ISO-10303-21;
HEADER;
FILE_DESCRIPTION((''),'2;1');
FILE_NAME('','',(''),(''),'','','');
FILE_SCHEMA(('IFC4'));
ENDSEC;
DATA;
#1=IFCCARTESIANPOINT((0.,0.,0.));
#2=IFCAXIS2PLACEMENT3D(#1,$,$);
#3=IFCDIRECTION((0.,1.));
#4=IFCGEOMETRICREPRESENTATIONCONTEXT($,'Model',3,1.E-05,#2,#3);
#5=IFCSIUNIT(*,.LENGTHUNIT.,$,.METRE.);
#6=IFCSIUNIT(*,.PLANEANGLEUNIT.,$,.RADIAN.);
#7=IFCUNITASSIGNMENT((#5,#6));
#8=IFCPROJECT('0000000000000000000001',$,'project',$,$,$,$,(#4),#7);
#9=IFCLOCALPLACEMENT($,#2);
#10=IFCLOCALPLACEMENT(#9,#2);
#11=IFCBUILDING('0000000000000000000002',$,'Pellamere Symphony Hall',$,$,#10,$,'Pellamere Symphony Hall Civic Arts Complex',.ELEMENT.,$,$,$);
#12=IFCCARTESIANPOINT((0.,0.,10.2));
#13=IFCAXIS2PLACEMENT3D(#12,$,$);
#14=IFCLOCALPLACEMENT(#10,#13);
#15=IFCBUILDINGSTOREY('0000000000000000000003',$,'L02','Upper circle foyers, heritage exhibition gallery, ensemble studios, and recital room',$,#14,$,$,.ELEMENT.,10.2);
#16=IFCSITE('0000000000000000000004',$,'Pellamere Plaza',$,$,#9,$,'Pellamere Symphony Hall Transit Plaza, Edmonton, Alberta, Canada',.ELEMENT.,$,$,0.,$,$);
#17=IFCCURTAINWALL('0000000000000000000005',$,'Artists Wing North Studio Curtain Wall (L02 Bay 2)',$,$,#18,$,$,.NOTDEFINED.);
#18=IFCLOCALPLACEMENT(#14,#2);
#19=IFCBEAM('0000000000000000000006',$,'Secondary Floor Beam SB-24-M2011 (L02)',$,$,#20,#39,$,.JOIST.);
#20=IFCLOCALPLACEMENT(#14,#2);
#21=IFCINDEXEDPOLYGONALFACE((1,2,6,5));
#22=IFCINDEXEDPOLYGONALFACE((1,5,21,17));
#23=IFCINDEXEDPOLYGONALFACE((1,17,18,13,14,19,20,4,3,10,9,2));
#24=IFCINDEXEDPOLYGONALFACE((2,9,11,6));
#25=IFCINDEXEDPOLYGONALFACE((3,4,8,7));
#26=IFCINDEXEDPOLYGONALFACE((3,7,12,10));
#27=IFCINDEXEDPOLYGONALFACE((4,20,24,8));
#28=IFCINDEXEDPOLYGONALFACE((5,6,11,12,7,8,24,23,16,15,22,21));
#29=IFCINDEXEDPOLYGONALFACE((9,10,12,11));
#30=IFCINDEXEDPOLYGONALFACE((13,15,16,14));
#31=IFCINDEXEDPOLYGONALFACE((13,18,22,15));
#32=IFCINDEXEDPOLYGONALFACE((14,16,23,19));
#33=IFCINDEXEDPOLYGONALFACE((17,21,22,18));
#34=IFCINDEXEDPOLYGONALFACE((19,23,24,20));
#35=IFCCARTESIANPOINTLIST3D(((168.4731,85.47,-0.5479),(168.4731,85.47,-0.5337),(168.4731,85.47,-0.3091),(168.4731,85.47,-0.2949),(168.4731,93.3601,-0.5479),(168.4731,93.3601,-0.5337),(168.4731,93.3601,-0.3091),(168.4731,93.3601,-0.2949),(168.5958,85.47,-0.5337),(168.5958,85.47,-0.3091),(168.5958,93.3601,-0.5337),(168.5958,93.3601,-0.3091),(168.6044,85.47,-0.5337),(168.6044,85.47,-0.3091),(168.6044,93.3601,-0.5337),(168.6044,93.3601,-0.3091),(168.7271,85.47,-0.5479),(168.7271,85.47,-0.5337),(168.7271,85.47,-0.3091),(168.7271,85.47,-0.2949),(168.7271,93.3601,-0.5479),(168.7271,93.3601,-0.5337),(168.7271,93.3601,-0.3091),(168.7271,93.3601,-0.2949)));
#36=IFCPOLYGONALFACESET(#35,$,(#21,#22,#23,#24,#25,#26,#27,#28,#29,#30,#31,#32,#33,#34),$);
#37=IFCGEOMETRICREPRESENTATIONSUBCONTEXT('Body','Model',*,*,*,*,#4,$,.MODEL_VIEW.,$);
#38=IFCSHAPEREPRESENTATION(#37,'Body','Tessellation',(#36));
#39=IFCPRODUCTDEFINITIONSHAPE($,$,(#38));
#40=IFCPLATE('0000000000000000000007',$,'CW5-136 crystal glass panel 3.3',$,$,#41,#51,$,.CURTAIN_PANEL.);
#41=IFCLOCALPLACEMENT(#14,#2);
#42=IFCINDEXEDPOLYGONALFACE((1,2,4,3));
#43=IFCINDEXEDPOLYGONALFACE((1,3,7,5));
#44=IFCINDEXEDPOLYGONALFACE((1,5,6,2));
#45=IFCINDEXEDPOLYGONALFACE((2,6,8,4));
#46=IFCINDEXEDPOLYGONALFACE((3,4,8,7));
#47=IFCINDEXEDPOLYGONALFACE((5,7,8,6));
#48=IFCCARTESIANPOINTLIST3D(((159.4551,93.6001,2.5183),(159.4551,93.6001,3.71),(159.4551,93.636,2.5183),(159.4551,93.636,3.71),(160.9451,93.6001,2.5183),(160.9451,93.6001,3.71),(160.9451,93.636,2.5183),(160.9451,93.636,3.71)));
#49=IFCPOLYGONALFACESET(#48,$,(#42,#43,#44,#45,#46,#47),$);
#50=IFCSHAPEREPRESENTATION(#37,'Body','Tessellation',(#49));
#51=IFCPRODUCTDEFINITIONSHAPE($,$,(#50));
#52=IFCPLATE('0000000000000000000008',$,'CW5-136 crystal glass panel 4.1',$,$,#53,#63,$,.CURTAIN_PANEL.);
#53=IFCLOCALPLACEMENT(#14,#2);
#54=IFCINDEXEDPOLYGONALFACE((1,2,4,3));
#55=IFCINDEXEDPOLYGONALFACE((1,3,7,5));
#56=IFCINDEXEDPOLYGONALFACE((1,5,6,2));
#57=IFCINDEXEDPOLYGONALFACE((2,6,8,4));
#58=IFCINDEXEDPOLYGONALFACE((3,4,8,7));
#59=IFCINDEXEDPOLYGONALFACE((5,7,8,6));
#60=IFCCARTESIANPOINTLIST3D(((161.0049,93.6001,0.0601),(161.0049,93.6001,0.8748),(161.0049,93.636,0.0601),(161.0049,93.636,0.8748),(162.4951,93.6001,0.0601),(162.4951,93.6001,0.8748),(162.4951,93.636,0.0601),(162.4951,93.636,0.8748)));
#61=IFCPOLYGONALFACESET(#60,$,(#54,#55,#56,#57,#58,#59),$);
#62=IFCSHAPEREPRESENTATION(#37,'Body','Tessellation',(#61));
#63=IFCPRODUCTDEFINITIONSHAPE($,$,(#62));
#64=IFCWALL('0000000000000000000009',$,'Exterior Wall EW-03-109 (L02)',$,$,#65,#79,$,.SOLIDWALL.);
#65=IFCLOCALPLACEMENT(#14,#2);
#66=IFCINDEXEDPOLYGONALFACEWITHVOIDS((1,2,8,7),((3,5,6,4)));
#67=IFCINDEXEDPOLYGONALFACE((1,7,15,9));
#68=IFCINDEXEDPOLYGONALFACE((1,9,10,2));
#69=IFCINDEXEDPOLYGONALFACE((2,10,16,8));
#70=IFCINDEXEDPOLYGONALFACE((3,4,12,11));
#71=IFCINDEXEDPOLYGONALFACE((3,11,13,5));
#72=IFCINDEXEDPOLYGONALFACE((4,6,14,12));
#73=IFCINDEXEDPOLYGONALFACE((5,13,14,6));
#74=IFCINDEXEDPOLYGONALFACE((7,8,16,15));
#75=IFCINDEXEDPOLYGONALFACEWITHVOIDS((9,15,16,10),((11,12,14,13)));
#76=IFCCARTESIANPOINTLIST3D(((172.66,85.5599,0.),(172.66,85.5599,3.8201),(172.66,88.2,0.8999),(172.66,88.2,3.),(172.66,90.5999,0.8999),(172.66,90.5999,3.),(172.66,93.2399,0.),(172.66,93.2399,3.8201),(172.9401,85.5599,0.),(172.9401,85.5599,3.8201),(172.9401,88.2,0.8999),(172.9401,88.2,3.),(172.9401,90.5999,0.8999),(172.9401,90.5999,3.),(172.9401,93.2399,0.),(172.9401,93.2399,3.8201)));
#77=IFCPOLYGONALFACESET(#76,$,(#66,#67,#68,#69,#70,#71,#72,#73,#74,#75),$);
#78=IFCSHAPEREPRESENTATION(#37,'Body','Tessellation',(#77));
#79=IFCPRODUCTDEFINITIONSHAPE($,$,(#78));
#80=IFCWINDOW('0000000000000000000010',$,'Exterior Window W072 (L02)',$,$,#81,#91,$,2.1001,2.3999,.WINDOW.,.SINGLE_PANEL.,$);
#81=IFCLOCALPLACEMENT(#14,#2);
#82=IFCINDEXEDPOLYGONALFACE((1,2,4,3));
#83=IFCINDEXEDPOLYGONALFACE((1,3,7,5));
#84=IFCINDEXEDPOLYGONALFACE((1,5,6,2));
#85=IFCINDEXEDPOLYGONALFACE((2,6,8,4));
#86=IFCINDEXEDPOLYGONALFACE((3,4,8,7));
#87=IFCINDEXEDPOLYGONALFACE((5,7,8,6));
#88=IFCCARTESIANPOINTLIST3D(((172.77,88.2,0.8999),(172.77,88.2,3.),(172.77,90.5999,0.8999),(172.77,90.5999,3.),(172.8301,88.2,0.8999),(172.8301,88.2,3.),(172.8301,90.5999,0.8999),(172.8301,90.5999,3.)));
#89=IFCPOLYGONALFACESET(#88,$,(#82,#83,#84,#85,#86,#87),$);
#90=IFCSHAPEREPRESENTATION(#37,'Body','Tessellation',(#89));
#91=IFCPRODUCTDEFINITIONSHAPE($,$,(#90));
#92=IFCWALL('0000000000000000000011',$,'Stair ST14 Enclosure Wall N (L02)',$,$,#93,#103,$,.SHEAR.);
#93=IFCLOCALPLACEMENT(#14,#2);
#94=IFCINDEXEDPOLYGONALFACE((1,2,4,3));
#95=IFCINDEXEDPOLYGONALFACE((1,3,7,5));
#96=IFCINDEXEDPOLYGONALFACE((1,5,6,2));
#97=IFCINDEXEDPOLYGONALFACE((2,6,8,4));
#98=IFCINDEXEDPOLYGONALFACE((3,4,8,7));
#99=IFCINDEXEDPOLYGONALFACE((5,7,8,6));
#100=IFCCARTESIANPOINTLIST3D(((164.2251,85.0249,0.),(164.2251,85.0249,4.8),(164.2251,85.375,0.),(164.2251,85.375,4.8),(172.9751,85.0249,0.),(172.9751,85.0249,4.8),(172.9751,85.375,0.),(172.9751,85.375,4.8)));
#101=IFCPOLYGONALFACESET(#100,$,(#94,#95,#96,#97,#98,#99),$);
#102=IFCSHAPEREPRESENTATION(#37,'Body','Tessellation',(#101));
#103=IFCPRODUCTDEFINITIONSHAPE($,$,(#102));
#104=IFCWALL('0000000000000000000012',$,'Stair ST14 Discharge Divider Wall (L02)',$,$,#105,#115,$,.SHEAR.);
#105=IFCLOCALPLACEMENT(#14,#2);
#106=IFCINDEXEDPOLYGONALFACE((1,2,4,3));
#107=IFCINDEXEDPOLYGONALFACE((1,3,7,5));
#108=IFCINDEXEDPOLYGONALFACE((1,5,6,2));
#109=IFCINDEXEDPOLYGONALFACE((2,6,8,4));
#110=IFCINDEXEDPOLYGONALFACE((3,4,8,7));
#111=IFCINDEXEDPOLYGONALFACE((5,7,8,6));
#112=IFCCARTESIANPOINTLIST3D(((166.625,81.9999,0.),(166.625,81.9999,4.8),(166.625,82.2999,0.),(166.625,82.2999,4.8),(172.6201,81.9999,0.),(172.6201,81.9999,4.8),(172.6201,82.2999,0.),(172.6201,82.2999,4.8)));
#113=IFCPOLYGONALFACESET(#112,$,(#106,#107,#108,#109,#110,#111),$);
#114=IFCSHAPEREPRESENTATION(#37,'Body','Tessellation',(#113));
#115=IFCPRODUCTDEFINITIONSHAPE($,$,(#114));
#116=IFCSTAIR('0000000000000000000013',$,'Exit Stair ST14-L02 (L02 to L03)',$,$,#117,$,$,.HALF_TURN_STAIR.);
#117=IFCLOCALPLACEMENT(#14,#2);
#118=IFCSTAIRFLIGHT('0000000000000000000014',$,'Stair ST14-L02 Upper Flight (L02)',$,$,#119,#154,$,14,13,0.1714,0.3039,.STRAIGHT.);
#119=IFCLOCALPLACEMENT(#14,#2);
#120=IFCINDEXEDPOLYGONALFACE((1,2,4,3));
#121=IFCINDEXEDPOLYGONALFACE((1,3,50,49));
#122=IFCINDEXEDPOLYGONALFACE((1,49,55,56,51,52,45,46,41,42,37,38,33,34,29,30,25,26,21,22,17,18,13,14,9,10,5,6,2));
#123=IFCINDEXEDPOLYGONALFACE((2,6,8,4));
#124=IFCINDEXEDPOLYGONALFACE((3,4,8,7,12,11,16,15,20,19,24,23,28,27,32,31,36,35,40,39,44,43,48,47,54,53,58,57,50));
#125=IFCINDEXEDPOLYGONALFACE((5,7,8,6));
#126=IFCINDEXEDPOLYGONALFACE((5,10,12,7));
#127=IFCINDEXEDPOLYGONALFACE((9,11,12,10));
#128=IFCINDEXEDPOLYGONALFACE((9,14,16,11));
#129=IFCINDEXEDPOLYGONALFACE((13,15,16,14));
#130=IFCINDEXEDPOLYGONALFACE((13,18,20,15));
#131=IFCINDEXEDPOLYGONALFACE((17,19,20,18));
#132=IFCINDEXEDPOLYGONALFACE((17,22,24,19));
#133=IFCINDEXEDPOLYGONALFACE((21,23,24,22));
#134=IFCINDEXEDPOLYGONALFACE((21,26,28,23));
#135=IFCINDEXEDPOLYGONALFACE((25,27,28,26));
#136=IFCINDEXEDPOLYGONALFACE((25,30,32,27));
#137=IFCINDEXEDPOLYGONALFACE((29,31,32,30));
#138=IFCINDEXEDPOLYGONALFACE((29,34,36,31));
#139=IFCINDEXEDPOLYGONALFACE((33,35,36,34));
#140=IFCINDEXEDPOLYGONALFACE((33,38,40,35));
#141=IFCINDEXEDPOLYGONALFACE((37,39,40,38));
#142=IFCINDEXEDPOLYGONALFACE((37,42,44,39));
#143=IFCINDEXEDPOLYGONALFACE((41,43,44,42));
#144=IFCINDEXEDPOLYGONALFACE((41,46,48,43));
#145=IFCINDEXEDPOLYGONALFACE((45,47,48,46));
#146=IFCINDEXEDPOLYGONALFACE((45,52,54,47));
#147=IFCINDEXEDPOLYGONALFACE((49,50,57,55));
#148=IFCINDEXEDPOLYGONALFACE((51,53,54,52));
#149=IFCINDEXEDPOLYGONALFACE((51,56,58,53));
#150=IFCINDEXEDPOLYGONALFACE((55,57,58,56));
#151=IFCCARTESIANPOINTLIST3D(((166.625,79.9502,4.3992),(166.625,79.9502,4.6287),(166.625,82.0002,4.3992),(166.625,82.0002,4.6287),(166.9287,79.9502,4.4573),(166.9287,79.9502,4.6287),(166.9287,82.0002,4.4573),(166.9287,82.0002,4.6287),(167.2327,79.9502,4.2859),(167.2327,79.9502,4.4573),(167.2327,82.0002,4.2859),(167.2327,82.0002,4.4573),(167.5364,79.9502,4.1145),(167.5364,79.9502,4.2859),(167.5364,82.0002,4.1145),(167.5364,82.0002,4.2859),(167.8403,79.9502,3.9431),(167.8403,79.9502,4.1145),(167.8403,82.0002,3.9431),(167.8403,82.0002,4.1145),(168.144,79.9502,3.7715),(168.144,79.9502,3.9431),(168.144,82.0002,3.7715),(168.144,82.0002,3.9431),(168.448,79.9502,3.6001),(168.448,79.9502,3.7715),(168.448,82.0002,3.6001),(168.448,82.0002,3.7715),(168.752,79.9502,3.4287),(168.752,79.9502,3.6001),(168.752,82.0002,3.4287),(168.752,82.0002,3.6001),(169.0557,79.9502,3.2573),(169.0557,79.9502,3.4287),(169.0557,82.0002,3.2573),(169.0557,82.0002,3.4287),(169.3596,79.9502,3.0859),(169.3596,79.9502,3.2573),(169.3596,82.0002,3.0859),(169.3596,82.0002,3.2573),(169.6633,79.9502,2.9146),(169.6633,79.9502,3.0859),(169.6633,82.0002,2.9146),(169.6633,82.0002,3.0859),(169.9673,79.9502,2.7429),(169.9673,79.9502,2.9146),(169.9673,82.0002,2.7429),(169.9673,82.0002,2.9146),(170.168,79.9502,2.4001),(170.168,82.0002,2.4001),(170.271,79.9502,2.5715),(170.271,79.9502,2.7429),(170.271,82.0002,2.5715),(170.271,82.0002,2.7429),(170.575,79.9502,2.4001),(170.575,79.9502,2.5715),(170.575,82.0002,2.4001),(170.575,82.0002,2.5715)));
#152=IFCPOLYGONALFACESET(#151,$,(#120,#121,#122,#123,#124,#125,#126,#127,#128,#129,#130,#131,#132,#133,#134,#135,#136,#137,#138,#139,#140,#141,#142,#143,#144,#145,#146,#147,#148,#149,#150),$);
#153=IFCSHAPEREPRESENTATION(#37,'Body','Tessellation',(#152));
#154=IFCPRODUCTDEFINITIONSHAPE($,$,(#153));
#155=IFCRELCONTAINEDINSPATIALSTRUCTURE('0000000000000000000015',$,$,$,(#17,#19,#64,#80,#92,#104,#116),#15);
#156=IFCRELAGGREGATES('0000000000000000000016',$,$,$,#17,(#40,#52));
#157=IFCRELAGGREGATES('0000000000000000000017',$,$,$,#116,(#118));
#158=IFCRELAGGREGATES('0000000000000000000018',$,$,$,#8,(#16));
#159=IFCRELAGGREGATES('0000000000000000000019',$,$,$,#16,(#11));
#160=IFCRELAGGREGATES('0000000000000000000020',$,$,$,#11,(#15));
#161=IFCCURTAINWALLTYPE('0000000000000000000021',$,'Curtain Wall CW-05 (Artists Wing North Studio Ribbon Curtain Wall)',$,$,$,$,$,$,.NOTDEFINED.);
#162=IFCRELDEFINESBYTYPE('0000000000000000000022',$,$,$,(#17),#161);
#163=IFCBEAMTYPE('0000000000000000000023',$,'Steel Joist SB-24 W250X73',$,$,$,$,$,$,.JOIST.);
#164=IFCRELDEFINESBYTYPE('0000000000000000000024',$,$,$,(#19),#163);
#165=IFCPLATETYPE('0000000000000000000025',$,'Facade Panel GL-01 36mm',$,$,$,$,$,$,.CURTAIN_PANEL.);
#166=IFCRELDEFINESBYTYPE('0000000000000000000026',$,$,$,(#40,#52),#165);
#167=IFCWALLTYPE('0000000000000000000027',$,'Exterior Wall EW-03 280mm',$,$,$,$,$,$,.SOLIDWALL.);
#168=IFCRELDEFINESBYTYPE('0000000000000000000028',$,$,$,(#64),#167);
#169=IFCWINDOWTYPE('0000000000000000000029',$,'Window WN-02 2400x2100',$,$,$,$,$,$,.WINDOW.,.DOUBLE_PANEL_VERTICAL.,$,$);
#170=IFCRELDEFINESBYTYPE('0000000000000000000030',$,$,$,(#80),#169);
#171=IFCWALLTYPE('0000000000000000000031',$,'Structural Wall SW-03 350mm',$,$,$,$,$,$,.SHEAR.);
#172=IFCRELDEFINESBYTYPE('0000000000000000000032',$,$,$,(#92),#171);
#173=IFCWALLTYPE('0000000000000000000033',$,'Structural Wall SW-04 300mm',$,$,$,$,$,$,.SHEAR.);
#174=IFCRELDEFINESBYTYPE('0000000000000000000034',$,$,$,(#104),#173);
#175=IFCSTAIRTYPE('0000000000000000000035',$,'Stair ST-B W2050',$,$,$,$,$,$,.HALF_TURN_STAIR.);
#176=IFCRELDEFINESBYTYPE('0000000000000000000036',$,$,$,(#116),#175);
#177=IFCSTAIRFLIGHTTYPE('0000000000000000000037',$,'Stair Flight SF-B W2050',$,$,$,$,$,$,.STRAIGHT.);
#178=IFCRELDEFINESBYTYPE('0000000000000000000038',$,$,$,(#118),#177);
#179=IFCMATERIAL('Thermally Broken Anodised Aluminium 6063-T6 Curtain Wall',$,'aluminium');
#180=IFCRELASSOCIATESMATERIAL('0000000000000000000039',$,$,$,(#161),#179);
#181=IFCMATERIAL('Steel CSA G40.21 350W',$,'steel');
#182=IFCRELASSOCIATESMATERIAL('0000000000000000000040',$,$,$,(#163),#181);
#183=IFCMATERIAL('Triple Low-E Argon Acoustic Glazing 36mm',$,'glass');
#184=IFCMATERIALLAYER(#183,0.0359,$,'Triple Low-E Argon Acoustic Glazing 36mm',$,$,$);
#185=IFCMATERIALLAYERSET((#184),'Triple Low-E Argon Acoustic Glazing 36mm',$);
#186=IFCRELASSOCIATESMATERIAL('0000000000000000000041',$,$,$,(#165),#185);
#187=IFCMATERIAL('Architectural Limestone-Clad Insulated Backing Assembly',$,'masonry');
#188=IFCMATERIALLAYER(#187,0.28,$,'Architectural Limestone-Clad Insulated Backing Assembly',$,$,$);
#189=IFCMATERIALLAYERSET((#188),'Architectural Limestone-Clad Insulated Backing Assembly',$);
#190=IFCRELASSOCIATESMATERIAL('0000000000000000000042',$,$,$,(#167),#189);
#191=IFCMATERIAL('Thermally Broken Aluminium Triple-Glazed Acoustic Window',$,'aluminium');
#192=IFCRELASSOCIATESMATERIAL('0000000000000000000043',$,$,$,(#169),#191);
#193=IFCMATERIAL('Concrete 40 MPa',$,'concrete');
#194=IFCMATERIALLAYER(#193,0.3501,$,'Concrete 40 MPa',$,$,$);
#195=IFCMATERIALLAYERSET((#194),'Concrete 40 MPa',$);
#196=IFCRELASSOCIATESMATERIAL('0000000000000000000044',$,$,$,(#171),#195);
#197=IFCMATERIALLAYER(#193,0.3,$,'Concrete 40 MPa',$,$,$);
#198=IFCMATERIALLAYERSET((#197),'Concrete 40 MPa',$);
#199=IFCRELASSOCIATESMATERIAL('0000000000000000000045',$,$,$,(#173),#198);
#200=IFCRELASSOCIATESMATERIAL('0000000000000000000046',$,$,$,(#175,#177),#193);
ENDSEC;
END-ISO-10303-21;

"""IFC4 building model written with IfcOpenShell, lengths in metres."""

from ifc_helpers import new_model, si_unit, direction, frame, frame_2d, origin, origin_2d, place, context, subcontext, project, spatial, polyline, rectangle, i_section, outline, extrude, material, layer, layer_set, material_profile, profile_set, type_object, element, fill, aggregate, save


model = new_model("IFC4")

# Units and contexts
model_context = context("Model", 3, precision=1e-05, world=origin(), true_north=direction((0.0, 1.0)))
body_context = subcontext(model_context, "Body", "Model", "MODEL_VIEW")
ifc_project = project(units=[si_unit("LENGTHUNIT", "METRE"), si_unit("PLANEANGLEUNIT", "RADIAN")], contexts=[model_context])

# Site, building, storey
site_placement = place(None, origin())
site = spatial("IfcSite", under=ifc_project, at=site_placement, Name="Pellamere Plaza", LongName="Pellamere Symphony Hall Transit Plaza, Edmonton, Alberta, Canada", CompositionType="ELEMENT", RefElevation=0.0)
building_placement = place(site_placement, origin())
building = spatial("IfcBuilding", under=site, at=building_placement, Name="Pellamere Symphony Hall", LongName="Pellamere Symphony Hall Civic Arts Complex", CompositionType="ELEMENT")
storey_placement = place(building_placement, frame((0.0, 0.0, 10.2)))
storey = spatial("IfcBuildingStorey", under=building, at=storey_placement, Name="L02", Description="Upper circle foyers, heritage exhibition gallery, ensemble studios, and recital room", CompositionType="ELEMENT", Elevation=10.2)

# Shared definitions
ifc_material_1 = material(Name="Concrete 40 MPa", Category="concrete")

# Curtain wall
ifc_material_2 = material(Name="Thermally Broken Anodised Aluminium 6063-T6 Curtain Wall", Category="aluminium")
curtain_wall_type = type_object("IfcCurtainWallType", Name="Curtain Wall CW-05 (Artists Wing North Studio Ribbon Curtain Wall)", PredefinedType="NOTDEFINED", material=ifc_material_2)
curtain_wall_placement = place(storey_placement, origin())
curtain_wall = element("IfcCurtainWall", 1, at=curtain_wall_placement, inside=storey, type_object=curtain_wall_type, Name="Artists Wing North Studio Curtain Wall (L02 Bay 2)", PredefinedType="NOTDEFINED")

# Beam
ifc_material_3 = material(Name="Steel CSA G40.21 350W", Category="steel")
ifc_material_profile_1 = material_profile(ifc_material_3, i_section(OverallWidth=0.2539, OverallDepth=0.2529, WebThickness=0.0085, FlangeThickness=0.0142, at=origin_2d()), Name="W250X73")
ifc_profile_set_1 = profile_set([ifc_material_profile_1], Name="Steel CSA G40.21 350W")
beam_type_1 = type_object("IfcBeamType", Name="Steel Joist SB-24 W250X73", PredefinedType="JOIST", material=ifc_profile_set_1)
beam_1_placement = place(storey_placement, frame((168.6001, 85.47, -0.4214), z_axis=(0.0, 1.0, 0.0), x_axis=(-1.0, 0.0, 0.0)))
element("IfcBeam", 2, at=beam_1_placement, inside=storey, type_object=beam_type_1, Name="Secondary Floor Beam SB-24-M2011 (L02)", PredefinedType="JOIST", context=body_context, shape_type="SweptSolid", body=[
    extrude(i_section(OverallWidth=0.2539, OverallDepth=0.2529, WebThickness=0.0085, FlangeThickness=0.0142, at=origin_2d()), origin(), (0.0, 0.0, 1.0), 7.8901),
])

# Plates
ifc_material_4 = material(Name="Triple Low-E Argon Acoustic Glazing 36mm", Category="glass")
ifc_layer_1 = layer(ifc_material_4, 0.0359, Name="Triple Low-E Argon Acoustic Glazing 36mm")
ifc_layer_set_1 = layer_set([ifc_layer_1], Name="Triple Low-E Argon Acoustic Glazing 36mm")
plate_type = type_object("IfcPlateType", Name="Facade Panel GL-01 36mm", PredefinedType="CURTAIN_PANEL", material=ifc_layer_set_1)
plate_1_placement = place(storey_placement, frame((159.4551, 93.6001, 2.5183), z_axis=(0.0, -1.0, 0.0), x_axis=(1.0, 0.0, 0.0)))
plate_1 = element("IfcPlate", 3, at=plate_1_placement, type_object=plate_type, Name="CW5-136 crystal glass panel 3.3", PredefinedType="CURTAIN_PANEL", context=body_context, shape_type="SweptSolid", body=[
    extrude(outline(polyline([(0.0, 0.0), (1.49, 0.0), (1.49, 1.1917), (0.0, 1.1917), (0.0, 0.0)])), origin(), (0.0, 0.0, -1.0), 0.0359),
])
plate_2_placement = place(storey_placement, frame((161.0049, 93.6001, 0.0601), z_axis=(0.0, -1.0, 0.0), x_axis=(1.0, 0.0, 0.0)))
plate_2 = element("IfcPlate", 4, at=plate_2_placement, type_object=plate_type, Name="CW5-136 crystal glass panel 4.1", PredefinedType="CURTAIN_PANEL", context=body_context, shape_type="SweptSolid", body=[
    extrude(outline(polyline([(0.0, 0.0), (1.4902, 0.0), (1.4902, 0.8147), (0.0, 0.8147), (0.0, 0.0)])), origin(), (0.0, 0.0, -1.0), 0.0359),
])
aggregate(curtain_wall, [plate_1, plate_2])

# Wall, opening, window
ifc_material_5 = material(Name="Architectural Limestone-Clad Insulated Backing Assembly", Category="masonry")
ifc_layer_2 = layer(ifc_material_5, 0.28, Name="Architectural Limestone-Clad Insulated Backing Assembly")
ifc_layer_set_2 = layer_set([ifc_layer_2], Name="Architectural Limestone-Clad Insulated Backing Assembly")
wall_type_1 = type_object("IfcWallType", Name="Exterior Wall EW-03 280mm", PredefinedType="SOLIDWALL", material=ifc_layer_set_2)
wall_1_placement = place(storey_placement, frame((172.8, 85.5601, 0.0), z_axis=(0.0, 0.0, 1.0), x_axis=(0.0, 1.0, 0.0)))
wall_1 = element("IfcWall", 5, at=wall_1_placement, inside=storey, type_object=wall_type_1, Name="Exterior Wall EW-03-109 (L02)", PredefinedType="SOLIDWALL", context=body_context, shape_type="SweptSolid", body=[
    extrude(rectangle(XDim=7.6799, YDim=0.28, at=frame_2d((3.8398, 0.0))), origin(), (0.0, 0.0, 1.0), 3.8201),
])
opening_placement = place(wall_1_placement, frame((2.6399, 0.0, 0.8999)))
opening = element("IfcOpeningElement", 6, at=opening_placement, cuts=wall_1, PredefinedType="OPENING", context=body_context, shape_type="SweptSolid", body=[
    extrude(rectangle(XDim=2.3999, YDim=2.1001, at=frame_2d((1.2, 1.05))), frame((0.0, 0.1499, 0.0), z_axis=(0.0, -1.0, 0.0), x_axis=(1.0, 0.0, 0.0)), (0.0, 0.0, 1.0), 0.3),
])
ifc_material_6 = material(Name="Thermally Broken Aluminium Triple-Glazed Acoustic Window", Category="aluminium")
window_type = type_object("IfcWindowType", Name="Window WN-02 2400x2100", PartitioningType="DOUBLE_PANEL_VERTICAL", PredefinedType="WINDOW", material=ifc_material_6)
window_placement = place(opening_placement, origin())
window = element("IfcWindow", 7, at=window_placement, inside=storey, type_object=window_type, Name="Exterior Window W072 (L02)", OverallHeight=2.1001, OverallWidth=2.3999, PartitioningType="SINGLE_PANEL", PredefinedType="WINDOW", context=body_context, shape_type="SweptSolid", body=[
    extrude(rectangle(XDim=2.3999, YDim=2.1001, at=frame_2d((1.2, 1.05))), frame((0.0, 0.03, 0.0), z_axis=(0.0, -1.0, 0.0), x_axis=(1.0, 0.0, 0.0)), (0.0, 0.0, 1.0), 0.0601),
])
fill(opening, window)

# Walls
ifc_layer_3 = layer(ifc_material_1, 0.3501, Name="Concrete 40 MPa")
ifc_layer_set_3 = layer_set([ifc_layer_3], Name="Concrete 40 MPa")
wall_type_2 = type_object("IfcWallType", Name="Structural Wall SW-03 350mm", PredefinedType="SHEAR", material=ifc_layer_set_3)
wall_2_placement = place(storey_placement, frame((164.2251, 85.2, 0.0), z_axis=(0.0, 0.0, 1.0), x_axis=(1.0, 0.0, 0.0)))
element("IfcWall", 8, at=wall_2_placement, inside=storey, type_object=wall_type_2, Name="Stair ST14 Enclosure Wall N (L02)", PredefinedType="SHEAR", context=body_context, shape_type="SweptSolid", body=[
    extrude(rectangle(XDim=8.75, YDim=0.3501, at=frame_2d((4.375, 0.0))), origin(), (0.0, 0.0, 1.0), 4.8),
])
ifc_layer_4 = layer(ifc_material_1, 0.3, Name="Concrete 40 MPa")
ifc_layer_set_4 = layer_set([ifc_layer_4], Name="Concrete 40 MPa")
wall_type_3 = type_object("IfcWallType", Name="Structural Wall SW-04 300mm", PredefinedType="SHEAR", material=ifc_layer_set_4)
wall_3_placement = place(storey_placement, frame((166.625, 82.1499, 0.0), z_axis=(0.0, 0.0, 1.0), x_axis=(1.0, 0.0, 0.0)))
element("IfcWall", 9, at=wall_3_placement, inside=storey, type_object=wall_type_3, Name="Stair ST14 Discharge Divider Wall (L02)", PredefinedType="SHEAR", context=body_context, shape_type="SweptSolid", body=[
    extrude(rectangle(XDim=5.9951, YDim=0.3, at=frame_2d((2.9976, 0.0))), origin(), (0.0, 0.0, 1.0), 4.8),
])

# Stair, stair flight
stair_type = type_object("IfcStairType", Name="Stair ST-B W2050", PredefinedType="HALF_TURN_STAIR", material=ifc_material_1)
stair_placement = place(storey_placement, origin())
stair = element("IfcStair", 10, at=stair_placement, inside=storey, type_object=stair_type, Name="Exit Stair ST14-L02 (L02 to L03)", PredefinedType="HALF_TURN_STAIR")
stair_flight_type = type_object("IfcStairFlightType", Name="Stair Flight SF-B W2050", PredefinedType="STRAIGHT", material=ifc_material_1)
stair_flight_placement = place(storey_placement, frame((170.575, 80.9751, 2.4001), z_axis=(0.0, 0.0, 1.0), x_axis=(-1.0, 0.0, 0.0)))
stair_flight = element("IfcStairFlight", 11, at=stair_flight_placement, type_object=stair_flight_type, Name="Stair ST14-L02 Upper Flight (L02)", NumberOfRisers=14, NumberOfTreads=13, PredefinedType="STRAIGHT", RiserHeight=0.1714, TreadLength=0.3039, context=body_context, shape_type="SweptSolid", body=[
    extrude(outline(polyline([(0.0, 0.0), (0.0, 0.1714), (0.304, 0.1714), (0.304, 0.3428), (0.6077, 0.3428), (0.6077, 0.5144), (0.9116, 0.5144), (0.9116, 0.6858), (1.2153, 0.6858), (1.2153, 0.8572), (1.5193, 0.8572), (1.5193, 1.0286), (1.823, 1.0286), (1.823, 1.2), (2.127, 1.2), (2.127, 1.3713), (2.4309, 1.3713), (2.4309, 1.543), (2.7346, 1.543), (2.7346, 1.7144), (3.0386, 1.7144), (3.0386, 1.8857), (3.3423, 1.8857), (3.3423, 2.0571), (3.6462, 2.0571), (3.6462, 2.2285), (3.95, 2.2285), (3.95, 2.3999), (3.95, 1.999), (0.407, 0.0), (0.0, 0.0)])), frame((0.0, 1.0249, 0.0), z_axis=(0.0, -1.0, 0.0), x_axis=(1.0, 0.0, 0.0)), (0.0, 0.0, 1.0), 2.05),
])
aggregate(stair, [stair_flight])

save(model, "model.ifc")
